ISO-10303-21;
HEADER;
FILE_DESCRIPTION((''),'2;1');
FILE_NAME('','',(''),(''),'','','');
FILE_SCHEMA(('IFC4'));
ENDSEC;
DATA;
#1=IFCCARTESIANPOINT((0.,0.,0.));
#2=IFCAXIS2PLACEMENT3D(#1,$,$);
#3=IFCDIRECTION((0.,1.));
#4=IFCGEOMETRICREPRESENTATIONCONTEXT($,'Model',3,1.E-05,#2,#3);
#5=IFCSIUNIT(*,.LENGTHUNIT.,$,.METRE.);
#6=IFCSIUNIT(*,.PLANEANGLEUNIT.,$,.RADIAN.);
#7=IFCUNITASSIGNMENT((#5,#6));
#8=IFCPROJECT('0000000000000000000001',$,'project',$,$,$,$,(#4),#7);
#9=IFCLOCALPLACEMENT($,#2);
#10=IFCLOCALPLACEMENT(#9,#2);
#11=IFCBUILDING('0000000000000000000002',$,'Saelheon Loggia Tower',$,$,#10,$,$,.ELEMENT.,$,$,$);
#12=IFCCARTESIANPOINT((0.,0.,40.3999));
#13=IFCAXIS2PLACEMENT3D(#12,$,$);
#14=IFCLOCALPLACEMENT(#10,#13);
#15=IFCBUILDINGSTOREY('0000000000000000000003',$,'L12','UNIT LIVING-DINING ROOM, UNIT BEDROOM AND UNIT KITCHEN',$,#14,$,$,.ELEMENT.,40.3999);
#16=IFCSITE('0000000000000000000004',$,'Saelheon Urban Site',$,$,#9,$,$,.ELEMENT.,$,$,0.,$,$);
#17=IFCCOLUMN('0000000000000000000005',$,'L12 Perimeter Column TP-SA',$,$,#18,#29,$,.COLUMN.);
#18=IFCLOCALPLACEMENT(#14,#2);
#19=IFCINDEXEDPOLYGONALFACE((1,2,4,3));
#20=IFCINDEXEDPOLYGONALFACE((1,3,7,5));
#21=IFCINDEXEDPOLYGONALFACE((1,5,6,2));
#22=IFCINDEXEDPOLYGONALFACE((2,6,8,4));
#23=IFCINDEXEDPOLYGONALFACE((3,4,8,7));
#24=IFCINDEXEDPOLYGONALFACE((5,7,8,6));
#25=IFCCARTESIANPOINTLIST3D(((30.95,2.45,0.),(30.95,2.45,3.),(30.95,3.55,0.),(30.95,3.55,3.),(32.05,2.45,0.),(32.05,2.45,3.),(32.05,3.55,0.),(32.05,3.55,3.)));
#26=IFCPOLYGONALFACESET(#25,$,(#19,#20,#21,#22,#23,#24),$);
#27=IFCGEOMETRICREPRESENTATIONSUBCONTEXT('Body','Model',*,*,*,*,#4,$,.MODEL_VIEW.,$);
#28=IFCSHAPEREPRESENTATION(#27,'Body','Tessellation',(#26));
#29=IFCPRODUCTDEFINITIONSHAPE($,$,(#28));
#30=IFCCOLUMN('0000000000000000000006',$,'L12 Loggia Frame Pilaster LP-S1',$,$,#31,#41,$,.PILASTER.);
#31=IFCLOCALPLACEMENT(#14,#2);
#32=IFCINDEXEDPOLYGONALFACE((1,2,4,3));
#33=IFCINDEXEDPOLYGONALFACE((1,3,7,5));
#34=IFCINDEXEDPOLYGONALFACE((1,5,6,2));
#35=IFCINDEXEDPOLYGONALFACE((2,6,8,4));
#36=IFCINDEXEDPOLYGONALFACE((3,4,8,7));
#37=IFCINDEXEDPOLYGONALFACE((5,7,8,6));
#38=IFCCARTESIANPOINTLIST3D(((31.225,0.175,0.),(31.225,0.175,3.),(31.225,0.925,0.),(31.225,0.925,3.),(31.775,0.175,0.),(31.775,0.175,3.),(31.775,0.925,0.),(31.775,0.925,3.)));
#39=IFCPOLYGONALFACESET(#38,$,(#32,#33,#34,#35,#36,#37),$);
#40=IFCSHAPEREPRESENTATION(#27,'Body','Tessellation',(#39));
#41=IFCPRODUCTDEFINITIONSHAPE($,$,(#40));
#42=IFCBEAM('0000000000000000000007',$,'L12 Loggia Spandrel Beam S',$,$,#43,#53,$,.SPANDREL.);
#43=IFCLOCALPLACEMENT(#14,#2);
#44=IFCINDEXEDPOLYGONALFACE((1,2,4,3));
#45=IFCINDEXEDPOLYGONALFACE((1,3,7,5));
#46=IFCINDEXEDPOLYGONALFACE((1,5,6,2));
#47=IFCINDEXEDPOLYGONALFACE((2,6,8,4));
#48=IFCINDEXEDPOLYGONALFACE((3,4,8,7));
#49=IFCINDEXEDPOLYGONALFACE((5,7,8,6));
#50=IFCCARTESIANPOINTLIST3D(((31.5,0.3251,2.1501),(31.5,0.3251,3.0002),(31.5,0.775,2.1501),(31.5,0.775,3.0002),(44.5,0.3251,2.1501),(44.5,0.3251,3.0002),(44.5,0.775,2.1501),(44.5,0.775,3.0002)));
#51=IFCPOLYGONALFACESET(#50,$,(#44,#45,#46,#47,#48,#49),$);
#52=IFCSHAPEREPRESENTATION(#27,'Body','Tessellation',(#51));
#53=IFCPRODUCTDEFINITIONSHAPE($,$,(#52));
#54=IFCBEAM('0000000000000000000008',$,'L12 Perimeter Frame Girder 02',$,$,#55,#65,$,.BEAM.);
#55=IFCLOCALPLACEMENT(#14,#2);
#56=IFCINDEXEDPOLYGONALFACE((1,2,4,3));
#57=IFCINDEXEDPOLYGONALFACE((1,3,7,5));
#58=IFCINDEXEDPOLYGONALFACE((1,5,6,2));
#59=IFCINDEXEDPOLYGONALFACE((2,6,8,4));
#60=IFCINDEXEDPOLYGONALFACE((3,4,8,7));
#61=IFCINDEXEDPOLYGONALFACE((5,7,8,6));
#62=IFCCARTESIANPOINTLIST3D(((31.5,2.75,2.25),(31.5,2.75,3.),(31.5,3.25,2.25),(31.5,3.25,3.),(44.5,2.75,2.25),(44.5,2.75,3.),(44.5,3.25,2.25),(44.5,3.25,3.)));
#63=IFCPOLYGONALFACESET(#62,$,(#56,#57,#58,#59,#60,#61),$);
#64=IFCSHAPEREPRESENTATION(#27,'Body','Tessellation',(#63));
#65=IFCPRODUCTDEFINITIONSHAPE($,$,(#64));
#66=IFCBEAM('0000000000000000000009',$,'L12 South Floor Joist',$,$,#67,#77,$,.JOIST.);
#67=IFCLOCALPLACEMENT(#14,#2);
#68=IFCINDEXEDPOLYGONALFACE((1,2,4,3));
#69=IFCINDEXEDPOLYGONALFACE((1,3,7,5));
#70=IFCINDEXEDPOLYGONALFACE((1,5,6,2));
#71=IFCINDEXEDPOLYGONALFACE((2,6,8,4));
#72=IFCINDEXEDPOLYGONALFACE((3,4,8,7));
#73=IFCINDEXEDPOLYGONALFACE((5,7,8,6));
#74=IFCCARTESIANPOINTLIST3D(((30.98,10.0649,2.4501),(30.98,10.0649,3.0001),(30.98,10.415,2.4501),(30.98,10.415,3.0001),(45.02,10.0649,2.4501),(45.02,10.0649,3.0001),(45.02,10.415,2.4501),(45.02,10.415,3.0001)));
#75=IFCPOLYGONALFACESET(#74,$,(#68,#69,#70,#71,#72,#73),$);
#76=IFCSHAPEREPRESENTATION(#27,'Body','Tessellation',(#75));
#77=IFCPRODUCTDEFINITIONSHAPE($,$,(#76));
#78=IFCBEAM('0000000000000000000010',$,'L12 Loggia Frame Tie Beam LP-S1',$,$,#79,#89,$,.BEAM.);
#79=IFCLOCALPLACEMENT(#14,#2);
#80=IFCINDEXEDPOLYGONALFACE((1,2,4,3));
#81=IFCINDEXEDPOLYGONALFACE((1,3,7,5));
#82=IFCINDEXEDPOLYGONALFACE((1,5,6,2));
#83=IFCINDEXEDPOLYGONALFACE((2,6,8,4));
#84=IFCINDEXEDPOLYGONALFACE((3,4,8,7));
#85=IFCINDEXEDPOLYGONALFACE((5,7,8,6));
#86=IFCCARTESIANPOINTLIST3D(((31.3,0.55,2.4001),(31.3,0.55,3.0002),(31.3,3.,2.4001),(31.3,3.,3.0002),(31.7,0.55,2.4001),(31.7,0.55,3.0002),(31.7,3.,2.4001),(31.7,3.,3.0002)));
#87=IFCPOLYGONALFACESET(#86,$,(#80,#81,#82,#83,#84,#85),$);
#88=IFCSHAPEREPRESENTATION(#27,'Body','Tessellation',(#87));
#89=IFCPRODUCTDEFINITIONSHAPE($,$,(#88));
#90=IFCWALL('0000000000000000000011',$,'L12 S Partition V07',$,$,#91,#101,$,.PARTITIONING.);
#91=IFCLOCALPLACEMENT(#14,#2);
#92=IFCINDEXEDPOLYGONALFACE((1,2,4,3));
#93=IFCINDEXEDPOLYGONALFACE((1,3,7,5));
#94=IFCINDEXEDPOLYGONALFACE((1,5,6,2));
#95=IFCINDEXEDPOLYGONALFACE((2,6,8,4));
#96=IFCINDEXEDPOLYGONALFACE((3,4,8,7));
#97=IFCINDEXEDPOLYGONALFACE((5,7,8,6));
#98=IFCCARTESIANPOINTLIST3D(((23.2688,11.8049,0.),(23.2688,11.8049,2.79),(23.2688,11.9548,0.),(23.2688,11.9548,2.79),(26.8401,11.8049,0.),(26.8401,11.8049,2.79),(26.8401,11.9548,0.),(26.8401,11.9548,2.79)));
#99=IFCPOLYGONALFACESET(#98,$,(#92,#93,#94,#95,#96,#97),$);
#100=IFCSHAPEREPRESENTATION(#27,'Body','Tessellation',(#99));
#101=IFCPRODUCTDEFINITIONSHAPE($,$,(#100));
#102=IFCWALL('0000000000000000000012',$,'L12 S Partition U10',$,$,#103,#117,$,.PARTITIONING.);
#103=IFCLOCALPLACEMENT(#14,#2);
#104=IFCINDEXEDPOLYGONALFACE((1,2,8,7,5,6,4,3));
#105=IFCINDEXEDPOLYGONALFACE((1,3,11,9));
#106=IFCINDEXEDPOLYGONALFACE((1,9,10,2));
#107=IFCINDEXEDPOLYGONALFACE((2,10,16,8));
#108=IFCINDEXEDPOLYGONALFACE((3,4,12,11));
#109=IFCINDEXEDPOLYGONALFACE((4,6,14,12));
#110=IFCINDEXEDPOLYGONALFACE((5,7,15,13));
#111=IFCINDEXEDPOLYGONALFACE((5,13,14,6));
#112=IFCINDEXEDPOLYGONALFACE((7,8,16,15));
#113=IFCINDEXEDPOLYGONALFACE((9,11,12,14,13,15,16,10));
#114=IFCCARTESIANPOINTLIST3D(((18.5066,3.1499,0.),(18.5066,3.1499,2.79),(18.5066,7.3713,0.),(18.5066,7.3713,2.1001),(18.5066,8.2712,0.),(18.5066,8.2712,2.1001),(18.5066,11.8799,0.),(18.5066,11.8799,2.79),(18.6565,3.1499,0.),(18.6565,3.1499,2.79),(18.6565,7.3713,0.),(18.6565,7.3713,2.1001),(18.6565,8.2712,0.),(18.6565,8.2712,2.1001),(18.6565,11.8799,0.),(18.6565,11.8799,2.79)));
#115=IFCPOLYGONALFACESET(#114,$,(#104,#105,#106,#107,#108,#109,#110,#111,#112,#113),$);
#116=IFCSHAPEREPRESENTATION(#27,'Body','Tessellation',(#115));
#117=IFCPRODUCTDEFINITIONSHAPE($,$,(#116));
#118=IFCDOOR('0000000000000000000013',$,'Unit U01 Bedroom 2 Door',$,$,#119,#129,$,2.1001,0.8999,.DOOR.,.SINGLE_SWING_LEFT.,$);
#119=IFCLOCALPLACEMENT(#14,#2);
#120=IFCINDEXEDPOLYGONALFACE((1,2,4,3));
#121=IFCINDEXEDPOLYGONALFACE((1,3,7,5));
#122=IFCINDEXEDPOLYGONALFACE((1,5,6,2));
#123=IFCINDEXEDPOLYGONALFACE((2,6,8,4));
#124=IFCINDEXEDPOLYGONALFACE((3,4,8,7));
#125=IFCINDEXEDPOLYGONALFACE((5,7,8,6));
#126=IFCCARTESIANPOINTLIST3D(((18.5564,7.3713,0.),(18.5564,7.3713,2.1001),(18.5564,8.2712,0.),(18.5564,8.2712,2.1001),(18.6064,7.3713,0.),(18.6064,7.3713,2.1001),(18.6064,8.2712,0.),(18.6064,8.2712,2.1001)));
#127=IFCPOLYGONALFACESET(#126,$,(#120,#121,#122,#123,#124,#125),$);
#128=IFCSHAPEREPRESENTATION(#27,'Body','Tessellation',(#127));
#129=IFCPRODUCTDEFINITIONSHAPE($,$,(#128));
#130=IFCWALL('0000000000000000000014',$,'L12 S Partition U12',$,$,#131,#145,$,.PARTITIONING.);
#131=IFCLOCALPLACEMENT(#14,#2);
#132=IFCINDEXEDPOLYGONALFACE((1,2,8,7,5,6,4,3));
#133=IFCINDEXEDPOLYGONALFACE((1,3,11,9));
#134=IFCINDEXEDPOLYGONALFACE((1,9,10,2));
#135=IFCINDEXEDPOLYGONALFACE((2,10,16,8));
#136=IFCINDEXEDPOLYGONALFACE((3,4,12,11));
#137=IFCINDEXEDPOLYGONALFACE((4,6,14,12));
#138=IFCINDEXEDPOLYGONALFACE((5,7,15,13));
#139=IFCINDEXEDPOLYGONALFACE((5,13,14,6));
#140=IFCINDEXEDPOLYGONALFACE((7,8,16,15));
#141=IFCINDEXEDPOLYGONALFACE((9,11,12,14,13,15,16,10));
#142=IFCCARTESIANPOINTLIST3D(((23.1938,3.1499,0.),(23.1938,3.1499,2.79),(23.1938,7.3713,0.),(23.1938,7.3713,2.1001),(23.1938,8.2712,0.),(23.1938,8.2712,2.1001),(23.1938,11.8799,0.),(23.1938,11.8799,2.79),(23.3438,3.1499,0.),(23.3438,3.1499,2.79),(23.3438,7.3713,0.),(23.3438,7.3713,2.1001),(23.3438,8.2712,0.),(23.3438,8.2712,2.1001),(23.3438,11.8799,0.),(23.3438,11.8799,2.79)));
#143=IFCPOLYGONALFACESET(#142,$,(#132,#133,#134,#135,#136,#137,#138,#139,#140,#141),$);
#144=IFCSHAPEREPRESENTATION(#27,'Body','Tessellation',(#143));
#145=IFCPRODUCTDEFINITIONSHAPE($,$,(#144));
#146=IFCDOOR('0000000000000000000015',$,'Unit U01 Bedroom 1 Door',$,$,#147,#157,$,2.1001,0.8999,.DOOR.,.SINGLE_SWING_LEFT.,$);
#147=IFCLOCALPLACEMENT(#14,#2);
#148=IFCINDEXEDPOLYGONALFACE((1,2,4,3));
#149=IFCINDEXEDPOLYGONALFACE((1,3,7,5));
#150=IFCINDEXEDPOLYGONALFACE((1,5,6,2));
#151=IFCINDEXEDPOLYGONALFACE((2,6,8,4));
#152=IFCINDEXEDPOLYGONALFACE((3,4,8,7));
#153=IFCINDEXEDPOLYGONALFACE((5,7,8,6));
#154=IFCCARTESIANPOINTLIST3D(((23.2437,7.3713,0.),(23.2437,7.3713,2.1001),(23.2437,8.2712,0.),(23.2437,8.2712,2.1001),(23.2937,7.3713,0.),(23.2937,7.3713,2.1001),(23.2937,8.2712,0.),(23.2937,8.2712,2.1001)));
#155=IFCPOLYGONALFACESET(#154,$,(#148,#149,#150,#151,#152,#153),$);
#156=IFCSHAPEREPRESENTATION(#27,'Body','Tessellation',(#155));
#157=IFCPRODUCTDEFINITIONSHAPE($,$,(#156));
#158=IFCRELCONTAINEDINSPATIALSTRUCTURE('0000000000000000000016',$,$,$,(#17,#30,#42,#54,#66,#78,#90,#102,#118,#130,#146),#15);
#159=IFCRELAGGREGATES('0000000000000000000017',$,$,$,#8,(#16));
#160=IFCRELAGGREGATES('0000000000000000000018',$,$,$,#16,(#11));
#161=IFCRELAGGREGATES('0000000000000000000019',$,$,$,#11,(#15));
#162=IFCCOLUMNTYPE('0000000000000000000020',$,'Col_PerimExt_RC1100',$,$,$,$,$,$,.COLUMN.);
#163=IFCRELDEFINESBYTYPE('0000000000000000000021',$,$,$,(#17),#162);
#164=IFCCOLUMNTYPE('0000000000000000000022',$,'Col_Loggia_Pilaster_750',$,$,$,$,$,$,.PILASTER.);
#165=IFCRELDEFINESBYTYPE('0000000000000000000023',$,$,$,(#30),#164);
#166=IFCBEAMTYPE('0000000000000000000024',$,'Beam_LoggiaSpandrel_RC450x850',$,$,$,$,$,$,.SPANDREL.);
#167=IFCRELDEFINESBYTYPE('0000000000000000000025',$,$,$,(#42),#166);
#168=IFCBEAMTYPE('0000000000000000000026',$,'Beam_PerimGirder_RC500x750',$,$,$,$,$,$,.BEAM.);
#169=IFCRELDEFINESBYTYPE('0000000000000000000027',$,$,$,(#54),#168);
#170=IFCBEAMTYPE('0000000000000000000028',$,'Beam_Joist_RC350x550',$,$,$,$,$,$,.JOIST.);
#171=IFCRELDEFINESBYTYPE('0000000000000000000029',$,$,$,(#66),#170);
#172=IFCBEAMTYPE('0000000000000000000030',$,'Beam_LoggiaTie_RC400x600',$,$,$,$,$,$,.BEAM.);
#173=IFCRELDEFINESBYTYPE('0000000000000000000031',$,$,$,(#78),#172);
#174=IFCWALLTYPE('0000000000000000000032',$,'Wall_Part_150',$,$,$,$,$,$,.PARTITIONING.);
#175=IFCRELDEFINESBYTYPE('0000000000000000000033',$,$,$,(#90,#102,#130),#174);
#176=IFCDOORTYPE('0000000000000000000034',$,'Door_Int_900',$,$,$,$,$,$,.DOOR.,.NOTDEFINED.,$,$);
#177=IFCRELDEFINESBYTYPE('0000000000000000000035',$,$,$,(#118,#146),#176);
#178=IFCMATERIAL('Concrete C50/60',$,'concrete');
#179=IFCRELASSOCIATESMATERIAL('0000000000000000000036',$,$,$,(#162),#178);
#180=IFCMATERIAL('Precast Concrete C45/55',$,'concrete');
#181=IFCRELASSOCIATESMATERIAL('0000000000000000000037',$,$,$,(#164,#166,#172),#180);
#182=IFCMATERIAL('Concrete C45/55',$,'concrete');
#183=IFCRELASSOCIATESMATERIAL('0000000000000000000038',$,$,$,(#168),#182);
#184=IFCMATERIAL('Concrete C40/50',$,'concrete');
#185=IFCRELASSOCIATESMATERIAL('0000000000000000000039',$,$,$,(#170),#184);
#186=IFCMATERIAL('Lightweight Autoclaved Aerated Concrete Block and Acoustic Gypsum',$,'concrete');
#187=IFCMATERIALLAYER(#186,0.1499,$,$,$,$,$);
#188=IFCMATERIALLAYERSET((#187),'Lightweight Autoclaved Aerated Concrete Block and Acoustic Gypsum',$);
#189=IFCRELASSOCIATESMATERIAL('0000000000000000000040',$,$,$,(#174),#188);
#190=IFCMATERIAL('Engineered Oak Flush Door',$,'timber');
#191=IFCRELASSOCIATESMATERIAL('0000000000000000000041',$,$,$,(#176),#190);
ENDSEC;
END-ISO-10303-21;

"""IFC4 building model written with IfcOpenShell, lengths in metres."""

from ifc_helpers import new_model, si_unit, direction, frame, frame_2d, origin, origin_2d, place, context, subcontext, project, spatial, rectangle, extrude, source, transform, mapped, material, layer, layer_set, material_profile, profile_set, type_object, element, fill, save


model = new_model("IFC4")

# Units and contexts
model_context = context("Model", 3, precision=1e-05, world=origin(), true_north=direction((0.0, 1.0)))
body_context = subcontext(model_context, "Body", "Model", "MODEL_VIEW")
ifc_project = project(units=[si_unit("LENGTHUNIT", "METRE"), si_unit("PLANEANGLEUNIT", "RADIAN")], contexts=[model_context])

# Site, building, storey
site_placement = place(None, origin())
site = spatial("IfcSite", under=ifc_project, at=site_placement, Name="Saelheon Urban Site", CompositionType="ELEMENT", RefElevation=0.0)
building_placement = place(site_placement, origin())
building = spatial("IfcBuilding", under=site, at=building_placement, Name="Saelheon Loggia Tower", CompositionType="ELEMENT")
storey_placement = place(building_placement, frame((0.0, 0.0, 40.3999)))
storey = spatial("IfcBuildingStorey", under=building, at=storey_placement, Name="L12", Description="UNIT LIVING-DINING ROOM, UNIT BEDROOM AND UNIT KITCHEN", CompositionType="ELEMENT", Elevation=40.3999)

# Columns
ifc_material_1 = material(Name="Concrete C50/60", Category="concrete")
ifc_material_profile_1 = material_profile(ifc_material_1, rectangle(XDim=1.1001, YDim=1.1001, at=origin_2d()), Name="RC-1100x1100")
ifc_profile_set_1 = profile_set([ifc_material_profile_1], Name="Concrete C50/60")
column_type_1 = type_object("IfcColumnType", Name="Col_PerimExt_RC1100", PredefinedType="COLUMN", material=ifc_profile_set_1)
shared_shape_1 = source(origin(), body_context, "Body", "SweptSolid", [
    extrude(rectangle(XDim=1.1001, YDim=1.1001, at=origin_2d()), origin(), (0.0, 0.0, 1.0), 3.0),
])
column_1_placement = place(storey_placement, frame((31.5, 3.0, 0.0), z_axis=(0.0, 0.0, 1.0), x_axis=(1.0, 0.0, 0.0)))
element("IfcColumn", 1, at=column_1_placement, inside=storey, type_object=column_type_1, Name="L12 Perimeter Column TP-SA", PredefinedType="COLUMN", context=body_context, shape_type="MappedRepresentation", body=[
    mapped(shared_shape_1, transform((0.0, 0.0, 0.0), scale=1.0)),
])
ifc_material_2 = material(Name="Precast Concrete C45/55", Category="concrete")
ifc_material_profile_2 = material_profile(ifc_material_2, rectangle(XDim=0.55, YDim=0.75, at=origin_2d()), Name="RC-550x750")
ifc_profile_set_2 = profile_set([ifc_material_profile_2], Name="Precast Concrete C45/55")
column_type_2 = type_object("IfcColumnType", Name="Col_Loggia_Pilaster_750", PredefinedType="PILASTER", material=ifc_profile_set_2)
shared_shape_2 = source(origin(), body_context, "Body", "SweptSolid", [
    extrude(rectangle(XDim=0.55, YDim=0.75, at=origin_2d()), origin(), (0.0, 0.0, 1.0), 3.0),
])
column_2_placement = place(storey_placement, frame((31.5, 0.55, 0.0), z_axis=(0.0, 0.0, 1.0), x_axis=(1.0, 0.0, 0.0)))
element("IfcColumn", 2, at=column_2_placement, inside=storey, type_object=column_type_2, Name="L12 Loggia Frame Pilaster LP-S1", PredefinedType="PILASTER", context=body_context, shape_type="MappedRepresentation", body=[
    mapped(shared_shape_2, transform((0.0, 0.0, 0.0), scale=1.0)),
])

# Beams
ifc_material_profile_3 = material_profile(ifc_material_2, rectangle(XDim=0.45, YDim=0.8501, at=origin_2d()), Name="RC-450x850")
ifc_profile_set_3 = profile_set([ifc_material_profile_3], Name="Precast Concrete C45/55")
beam_type_1 = type_object("IfcBeamType", Name="Beam_LoggiaSpandrel_RC450x850", PredefinedType="SPANDREL", material=ifc_profile_set_3)
shared_shape_3 = source(origin(), body_context, "Body", "SweptSolid", [
    extrude(rectangle(XDim=0.45, YDim=0.8501, at=origin_2d()), origin(), (0.0, 0.0, 1.0), 13.0),
])
beam_1_placement = place(storey_placement, frame((31.5, 0.55, 2.5752), z_axis=(1.0, 0.0, 0.0), x_axis=(0.0, 1.0, 0.0)))
element("IfcBeam", 3, at=beam_1_placement, inside=storey, type_object=beam_type_1, Name="L12 Loggia Spandrel Beam S", PredefinedType="SPANDREL", context=body_context, shape_type="MappedRepresentation", body=[
    mapped(shared_shape_3, transform((0.0, 0.0, 0.0), scale=1.0)),
])
ifc_material_3 = material(Name="Concrete C45/55", Category="concrete")
ifc_material_profile_4 = material_profile(ifc_material_3, rectangle(XDim=0.5, YDim=0.75, at=origin_2d()), Name="RC-500x750")
ifc_profile_set_4 = profile_set([ifc_material_profile_4], Name="Concrete C45/55")
beam_type_2 = type_object("IfcBeamType", Name="Beam_PerimGirder_RC500x750", PredefinedType="BEAM", material=ifc_profile_set_4)
shared_shape_4 = source(origin(), body_context, "Body", "SweptSolid", [
    extrude(rectangle(XDim=0.5, YDim=0.75, at=origin_2d()), origin(), (0.0, 0.0, 1.0), 13.0),
])
beam_2_placement = place(storey_placement, frame((31.5, 3.0, 2.625), z_axis=(1.0, 0.0, 0.0), x_axis=(0.0, 1.0, 0.0)))
element("IfcBeam", 4, at=beam_2_placement, inside=storey, type_object=beam_type_2, Name="L12 Perimeter Frame Girder 02", PredefinedType="BEAM", context=body_context, shape_type="MappedRepresentation", body=[
    mapped(shared_shape_4, transform((0.0, 0.0, 0.0), scale=1.0)),
])
ifc_material_4 = material(Name="Concrete C40/50", Category="concrete")
ifc_material_profile_5 = material_profile(ifc_material_4, rectangle(XDim=0.3501, YDim=0.55, at=origin_2d()), Name="RC-350x550")
ifc_profile_set_5 = profile_set([ifc_material_profile_5], Name="Concrete C40/50")
beam_type_3 = type_object("IfcBeamType", Name="Beam_Joist_RC350x550", PredefinedType="JOIST", material=ifc_profile_set_5)
shared_shape_5 = source(origin(), body_context, "Body", "SweptSolid", [
    extrude(rectangle(XDim=0.3501, YDim=0.55, at=origin_2d()), origin(), (0.0, 0.0, 1.0), 14.04),
])
beam_3_placement = place(storey_placement, frame((30.98, 10.24, 2.7251), z_axis=(1.0, 0.0, 0.0), x_axis=(0.0, 1.0, 0.0)))
element("IfcBeam", 5, at=beam_3_placement, inside=storey, type_object=beam_type_3, Name="L12 South Floor Joist", PredefinedType="JOIST", context=body_context, shape_type="MappedRepresentation", body=[
    mapped(shared_shape_5, transform((0.0, 0.0, 0.0), scale=1.0)),
])
ifc_material_profile_6 = material_profile(ifc_material_2, rectangle(XDim=0.3999, YDim=0.6001, at=origin_2d()), Name="RC-400x600")
ifc_profile_set_6 = profile_set([ifc_material_profile_6], Name="Precast Concrete C45/55")
beam_type_4 = type_object("IfcBeamType", Name="Beam_LoggiaTie_RC400x600", PredefinedType="BEAM", material=ifc_profile_set_6)
shared_shape_6 = source(origin(), body_context, "Body", "SweptSolid", [
    extrude(rectangle(XDim=0.3999, YDim=0.6001, at=origin_2d()), origin(), (0.0, 0.0, 1.0), 2.45),
])
beam_4_placement = place(storey_placement, frame((31.5, 3.0, 2.7002), z_axis=(0.0, -1.0, 0.0), x_axis=(1.0, 0.0, 0.0)))
element("IfcBeam", 6, at=beam_4_placement, inside=storey, type_object=beam_type_4, Name="L12 Loggia Frame Tie Beam LP-S1", PredefinedType="BEAM", context=body_context, shape_type="MappedRepresentation", body=[
    mapped(shared_shape_6, transform((0.0, 0.0, 0.0), scale=1.0)),
])

# Wall
ifc_material_5 = material(Name="Lightweight Autoclaved Aerated Concrete Block and Acoustic Gypsum", Category="concrete")
ifc_layer_1 = layer(ifc_material_5, 0.1499)
ifc_layer_set_1 = layer_set([ifc_layer_1], Name="Lightweight Autoclaved Aerated Concrete Block and Acoustic Gypsum")
wall_type_1 = type_object("IfcWallType", Name="Wall_Part_150", PredefinedType="PARTITIONING", material=ifc_layer_set_1)
wall_1_placement = place(storey_placement, frame((23.2688, 11.8799, 0.0), z_axis=(0.0, 0.0, 1.0), x_axis=(1.0, 0.0, 0.0)))
element("IfcWall", 7, at=wall_1_placement, inside=storey, type_object=wall_type_1, Name="L12 S Partition V07", PredefinedType="PARTITIONING", context=body_context, shape_type="SweptSolid", body=[
    extrude(rectangle(XDim=3.5713, YDim=0.1499, at=frame_2d((1.7856, 0.0))), origin(), (0.0, 0.0, 1.0), 2.79),
])

# Walls, openings, doors
wall_2_placement = place(storey_placement, frame((18.5815, 11.8799, 0.0), z_axis=(0.0, 0.0, 1.0), x_axis=(0.0, -1.0, 0.0)))
wall_2 = element("IfcWall", 8, at=wall_2_placement, inside=storey, type_object=wall_type_1, Name="L12 S Partition U10", PredefinedType="PARTITIONING", context=body_context, shape_type="SweptSolid", body=[
    extrude(rectangle(XDim=8.73, YDim=0.1499, at=frame_2d((4.365, 0.0))), origin(), (0.0, 0.0, 1.0), 2.79),
])
opening_1_placement = place(wall_2_placement, frame((3.6086, 0.0, 0.0)))
opening_1 = element("IfcOpeningElement", 9, at=opening_1_placement, cuts=wall_2, PredefinedType="OPENING", context=body_context, shape_type="SweptSolid", body=[
    extrude(rectangle(XDim=0.8999, YDim=2.1001, at=frame_2d((0.45, 1.05))), frame((0.0, 0.0869, 0.0), z_axis=(0.0, -1.0, 0.0), x_axis=(1.0, 0.0, 0.0)), (0.0, 0.0, 1.0), 0.1738),
])
ifc_material_6 = material(Name="Engineered Oak Flush Door", Category="timber")
door_type_1 = type_object("IfcDoorType", Name="Door_Int_900", OperationType="NOTDEFINED", PredefinedType="DOOR", material=ifc_material_6)
shared_shape_7 = source(origin(), body_context, "Body", "SweptSolid", [
    extrude(rectangle(XDim=0.8999, YDim=2.1001, at=frame_2d((0.45, 1.05))), frame((0.0, 0.0249, 0.0), z_axis=(0.0, -1.0, 0.0), x_axis=(1.0, 0.0, 0.0)), (0.0, 0.0, 1.0), 0.05),
])
door_1_placement = place(opening_1_placement, origin())
door_1 = element("IfcDoor", 10, at=door_1_placement, inside=storey, type_object=door_type_1, Name="Unit U01 Bedroom 2 Door", OperationType="SINGLE_SWING_LEFT", OverallHeight=2.1001, OverallWidth=0.8999, PredefinedType="DOOR", context=body_context, shape_type="MappedRepresentation", body=[
    mapped(shared_shape_7, transform((0.0, 0.0, 0.0), scale=1.0)),
])
fill(opening_1, door_1)
wall_3_placement = place(storey_placement, frame((23.2688, 11.8799, 0.0), z_axis=(0.0, 0.0, 1.0), x_axis=(0.0, -1.0, 0.0)))
wall_3 = element("IfcWall", 11, at=wall_3_placement, inside=storey, type_object=wall_type_1, Name="L12 S Partition U12", PredefinedType="PARTITIONING", context=body_context, shape_type="SweptSolid", body=[
    extrude(rectangle(XDim=8.73, YDim=0.1499, at=frame_2d((4.365, 0.0))), origin(), (0.0, 0.0, 1.0), 2.79),
])
opening_2_placement = place(wall_3_placement, frame((3.6086, 0.0, 0.0)))
opening_2 = element("IfcOpeningElement", 12, at=opening_2_placement, cuts=wall_3, PredefinedType="OPENING", context=body_context, shape_type="SweptSolid", body=[
    extrude(rectangle(XDim=0.8999, YDim=2.1001, at=frame_2d((0.45, 1.05))), frame((0.0, 0.0869, 0.0), z_axis=(0.0, -1.0, 0.0), x_axis=(1.0, 0.0, 0.0)), (0.0, 0.0, 1.0), 0.1738),
])
door_2_placement = place(opening_2_placement, origin())
door_2 = element("IfcDoor", 13, at=door_2_placement, inside=storey, type_object=door_type_1, Name="Unit U01 Bedroom 1 Door", OperationType="SINGLE_SWING_LEFT", OverallHeight=2.1001, OverallWidth=0.8999, PredefinedType="DOOR", context=body_context, shape_type="MappedRepresentation", body=[
    mapped(shared_shape_7, transform((0.0, 0.0, 0.0), scale=1.0)),
])
fill(opening_2, door_2)

save(model, "model.ifc")
